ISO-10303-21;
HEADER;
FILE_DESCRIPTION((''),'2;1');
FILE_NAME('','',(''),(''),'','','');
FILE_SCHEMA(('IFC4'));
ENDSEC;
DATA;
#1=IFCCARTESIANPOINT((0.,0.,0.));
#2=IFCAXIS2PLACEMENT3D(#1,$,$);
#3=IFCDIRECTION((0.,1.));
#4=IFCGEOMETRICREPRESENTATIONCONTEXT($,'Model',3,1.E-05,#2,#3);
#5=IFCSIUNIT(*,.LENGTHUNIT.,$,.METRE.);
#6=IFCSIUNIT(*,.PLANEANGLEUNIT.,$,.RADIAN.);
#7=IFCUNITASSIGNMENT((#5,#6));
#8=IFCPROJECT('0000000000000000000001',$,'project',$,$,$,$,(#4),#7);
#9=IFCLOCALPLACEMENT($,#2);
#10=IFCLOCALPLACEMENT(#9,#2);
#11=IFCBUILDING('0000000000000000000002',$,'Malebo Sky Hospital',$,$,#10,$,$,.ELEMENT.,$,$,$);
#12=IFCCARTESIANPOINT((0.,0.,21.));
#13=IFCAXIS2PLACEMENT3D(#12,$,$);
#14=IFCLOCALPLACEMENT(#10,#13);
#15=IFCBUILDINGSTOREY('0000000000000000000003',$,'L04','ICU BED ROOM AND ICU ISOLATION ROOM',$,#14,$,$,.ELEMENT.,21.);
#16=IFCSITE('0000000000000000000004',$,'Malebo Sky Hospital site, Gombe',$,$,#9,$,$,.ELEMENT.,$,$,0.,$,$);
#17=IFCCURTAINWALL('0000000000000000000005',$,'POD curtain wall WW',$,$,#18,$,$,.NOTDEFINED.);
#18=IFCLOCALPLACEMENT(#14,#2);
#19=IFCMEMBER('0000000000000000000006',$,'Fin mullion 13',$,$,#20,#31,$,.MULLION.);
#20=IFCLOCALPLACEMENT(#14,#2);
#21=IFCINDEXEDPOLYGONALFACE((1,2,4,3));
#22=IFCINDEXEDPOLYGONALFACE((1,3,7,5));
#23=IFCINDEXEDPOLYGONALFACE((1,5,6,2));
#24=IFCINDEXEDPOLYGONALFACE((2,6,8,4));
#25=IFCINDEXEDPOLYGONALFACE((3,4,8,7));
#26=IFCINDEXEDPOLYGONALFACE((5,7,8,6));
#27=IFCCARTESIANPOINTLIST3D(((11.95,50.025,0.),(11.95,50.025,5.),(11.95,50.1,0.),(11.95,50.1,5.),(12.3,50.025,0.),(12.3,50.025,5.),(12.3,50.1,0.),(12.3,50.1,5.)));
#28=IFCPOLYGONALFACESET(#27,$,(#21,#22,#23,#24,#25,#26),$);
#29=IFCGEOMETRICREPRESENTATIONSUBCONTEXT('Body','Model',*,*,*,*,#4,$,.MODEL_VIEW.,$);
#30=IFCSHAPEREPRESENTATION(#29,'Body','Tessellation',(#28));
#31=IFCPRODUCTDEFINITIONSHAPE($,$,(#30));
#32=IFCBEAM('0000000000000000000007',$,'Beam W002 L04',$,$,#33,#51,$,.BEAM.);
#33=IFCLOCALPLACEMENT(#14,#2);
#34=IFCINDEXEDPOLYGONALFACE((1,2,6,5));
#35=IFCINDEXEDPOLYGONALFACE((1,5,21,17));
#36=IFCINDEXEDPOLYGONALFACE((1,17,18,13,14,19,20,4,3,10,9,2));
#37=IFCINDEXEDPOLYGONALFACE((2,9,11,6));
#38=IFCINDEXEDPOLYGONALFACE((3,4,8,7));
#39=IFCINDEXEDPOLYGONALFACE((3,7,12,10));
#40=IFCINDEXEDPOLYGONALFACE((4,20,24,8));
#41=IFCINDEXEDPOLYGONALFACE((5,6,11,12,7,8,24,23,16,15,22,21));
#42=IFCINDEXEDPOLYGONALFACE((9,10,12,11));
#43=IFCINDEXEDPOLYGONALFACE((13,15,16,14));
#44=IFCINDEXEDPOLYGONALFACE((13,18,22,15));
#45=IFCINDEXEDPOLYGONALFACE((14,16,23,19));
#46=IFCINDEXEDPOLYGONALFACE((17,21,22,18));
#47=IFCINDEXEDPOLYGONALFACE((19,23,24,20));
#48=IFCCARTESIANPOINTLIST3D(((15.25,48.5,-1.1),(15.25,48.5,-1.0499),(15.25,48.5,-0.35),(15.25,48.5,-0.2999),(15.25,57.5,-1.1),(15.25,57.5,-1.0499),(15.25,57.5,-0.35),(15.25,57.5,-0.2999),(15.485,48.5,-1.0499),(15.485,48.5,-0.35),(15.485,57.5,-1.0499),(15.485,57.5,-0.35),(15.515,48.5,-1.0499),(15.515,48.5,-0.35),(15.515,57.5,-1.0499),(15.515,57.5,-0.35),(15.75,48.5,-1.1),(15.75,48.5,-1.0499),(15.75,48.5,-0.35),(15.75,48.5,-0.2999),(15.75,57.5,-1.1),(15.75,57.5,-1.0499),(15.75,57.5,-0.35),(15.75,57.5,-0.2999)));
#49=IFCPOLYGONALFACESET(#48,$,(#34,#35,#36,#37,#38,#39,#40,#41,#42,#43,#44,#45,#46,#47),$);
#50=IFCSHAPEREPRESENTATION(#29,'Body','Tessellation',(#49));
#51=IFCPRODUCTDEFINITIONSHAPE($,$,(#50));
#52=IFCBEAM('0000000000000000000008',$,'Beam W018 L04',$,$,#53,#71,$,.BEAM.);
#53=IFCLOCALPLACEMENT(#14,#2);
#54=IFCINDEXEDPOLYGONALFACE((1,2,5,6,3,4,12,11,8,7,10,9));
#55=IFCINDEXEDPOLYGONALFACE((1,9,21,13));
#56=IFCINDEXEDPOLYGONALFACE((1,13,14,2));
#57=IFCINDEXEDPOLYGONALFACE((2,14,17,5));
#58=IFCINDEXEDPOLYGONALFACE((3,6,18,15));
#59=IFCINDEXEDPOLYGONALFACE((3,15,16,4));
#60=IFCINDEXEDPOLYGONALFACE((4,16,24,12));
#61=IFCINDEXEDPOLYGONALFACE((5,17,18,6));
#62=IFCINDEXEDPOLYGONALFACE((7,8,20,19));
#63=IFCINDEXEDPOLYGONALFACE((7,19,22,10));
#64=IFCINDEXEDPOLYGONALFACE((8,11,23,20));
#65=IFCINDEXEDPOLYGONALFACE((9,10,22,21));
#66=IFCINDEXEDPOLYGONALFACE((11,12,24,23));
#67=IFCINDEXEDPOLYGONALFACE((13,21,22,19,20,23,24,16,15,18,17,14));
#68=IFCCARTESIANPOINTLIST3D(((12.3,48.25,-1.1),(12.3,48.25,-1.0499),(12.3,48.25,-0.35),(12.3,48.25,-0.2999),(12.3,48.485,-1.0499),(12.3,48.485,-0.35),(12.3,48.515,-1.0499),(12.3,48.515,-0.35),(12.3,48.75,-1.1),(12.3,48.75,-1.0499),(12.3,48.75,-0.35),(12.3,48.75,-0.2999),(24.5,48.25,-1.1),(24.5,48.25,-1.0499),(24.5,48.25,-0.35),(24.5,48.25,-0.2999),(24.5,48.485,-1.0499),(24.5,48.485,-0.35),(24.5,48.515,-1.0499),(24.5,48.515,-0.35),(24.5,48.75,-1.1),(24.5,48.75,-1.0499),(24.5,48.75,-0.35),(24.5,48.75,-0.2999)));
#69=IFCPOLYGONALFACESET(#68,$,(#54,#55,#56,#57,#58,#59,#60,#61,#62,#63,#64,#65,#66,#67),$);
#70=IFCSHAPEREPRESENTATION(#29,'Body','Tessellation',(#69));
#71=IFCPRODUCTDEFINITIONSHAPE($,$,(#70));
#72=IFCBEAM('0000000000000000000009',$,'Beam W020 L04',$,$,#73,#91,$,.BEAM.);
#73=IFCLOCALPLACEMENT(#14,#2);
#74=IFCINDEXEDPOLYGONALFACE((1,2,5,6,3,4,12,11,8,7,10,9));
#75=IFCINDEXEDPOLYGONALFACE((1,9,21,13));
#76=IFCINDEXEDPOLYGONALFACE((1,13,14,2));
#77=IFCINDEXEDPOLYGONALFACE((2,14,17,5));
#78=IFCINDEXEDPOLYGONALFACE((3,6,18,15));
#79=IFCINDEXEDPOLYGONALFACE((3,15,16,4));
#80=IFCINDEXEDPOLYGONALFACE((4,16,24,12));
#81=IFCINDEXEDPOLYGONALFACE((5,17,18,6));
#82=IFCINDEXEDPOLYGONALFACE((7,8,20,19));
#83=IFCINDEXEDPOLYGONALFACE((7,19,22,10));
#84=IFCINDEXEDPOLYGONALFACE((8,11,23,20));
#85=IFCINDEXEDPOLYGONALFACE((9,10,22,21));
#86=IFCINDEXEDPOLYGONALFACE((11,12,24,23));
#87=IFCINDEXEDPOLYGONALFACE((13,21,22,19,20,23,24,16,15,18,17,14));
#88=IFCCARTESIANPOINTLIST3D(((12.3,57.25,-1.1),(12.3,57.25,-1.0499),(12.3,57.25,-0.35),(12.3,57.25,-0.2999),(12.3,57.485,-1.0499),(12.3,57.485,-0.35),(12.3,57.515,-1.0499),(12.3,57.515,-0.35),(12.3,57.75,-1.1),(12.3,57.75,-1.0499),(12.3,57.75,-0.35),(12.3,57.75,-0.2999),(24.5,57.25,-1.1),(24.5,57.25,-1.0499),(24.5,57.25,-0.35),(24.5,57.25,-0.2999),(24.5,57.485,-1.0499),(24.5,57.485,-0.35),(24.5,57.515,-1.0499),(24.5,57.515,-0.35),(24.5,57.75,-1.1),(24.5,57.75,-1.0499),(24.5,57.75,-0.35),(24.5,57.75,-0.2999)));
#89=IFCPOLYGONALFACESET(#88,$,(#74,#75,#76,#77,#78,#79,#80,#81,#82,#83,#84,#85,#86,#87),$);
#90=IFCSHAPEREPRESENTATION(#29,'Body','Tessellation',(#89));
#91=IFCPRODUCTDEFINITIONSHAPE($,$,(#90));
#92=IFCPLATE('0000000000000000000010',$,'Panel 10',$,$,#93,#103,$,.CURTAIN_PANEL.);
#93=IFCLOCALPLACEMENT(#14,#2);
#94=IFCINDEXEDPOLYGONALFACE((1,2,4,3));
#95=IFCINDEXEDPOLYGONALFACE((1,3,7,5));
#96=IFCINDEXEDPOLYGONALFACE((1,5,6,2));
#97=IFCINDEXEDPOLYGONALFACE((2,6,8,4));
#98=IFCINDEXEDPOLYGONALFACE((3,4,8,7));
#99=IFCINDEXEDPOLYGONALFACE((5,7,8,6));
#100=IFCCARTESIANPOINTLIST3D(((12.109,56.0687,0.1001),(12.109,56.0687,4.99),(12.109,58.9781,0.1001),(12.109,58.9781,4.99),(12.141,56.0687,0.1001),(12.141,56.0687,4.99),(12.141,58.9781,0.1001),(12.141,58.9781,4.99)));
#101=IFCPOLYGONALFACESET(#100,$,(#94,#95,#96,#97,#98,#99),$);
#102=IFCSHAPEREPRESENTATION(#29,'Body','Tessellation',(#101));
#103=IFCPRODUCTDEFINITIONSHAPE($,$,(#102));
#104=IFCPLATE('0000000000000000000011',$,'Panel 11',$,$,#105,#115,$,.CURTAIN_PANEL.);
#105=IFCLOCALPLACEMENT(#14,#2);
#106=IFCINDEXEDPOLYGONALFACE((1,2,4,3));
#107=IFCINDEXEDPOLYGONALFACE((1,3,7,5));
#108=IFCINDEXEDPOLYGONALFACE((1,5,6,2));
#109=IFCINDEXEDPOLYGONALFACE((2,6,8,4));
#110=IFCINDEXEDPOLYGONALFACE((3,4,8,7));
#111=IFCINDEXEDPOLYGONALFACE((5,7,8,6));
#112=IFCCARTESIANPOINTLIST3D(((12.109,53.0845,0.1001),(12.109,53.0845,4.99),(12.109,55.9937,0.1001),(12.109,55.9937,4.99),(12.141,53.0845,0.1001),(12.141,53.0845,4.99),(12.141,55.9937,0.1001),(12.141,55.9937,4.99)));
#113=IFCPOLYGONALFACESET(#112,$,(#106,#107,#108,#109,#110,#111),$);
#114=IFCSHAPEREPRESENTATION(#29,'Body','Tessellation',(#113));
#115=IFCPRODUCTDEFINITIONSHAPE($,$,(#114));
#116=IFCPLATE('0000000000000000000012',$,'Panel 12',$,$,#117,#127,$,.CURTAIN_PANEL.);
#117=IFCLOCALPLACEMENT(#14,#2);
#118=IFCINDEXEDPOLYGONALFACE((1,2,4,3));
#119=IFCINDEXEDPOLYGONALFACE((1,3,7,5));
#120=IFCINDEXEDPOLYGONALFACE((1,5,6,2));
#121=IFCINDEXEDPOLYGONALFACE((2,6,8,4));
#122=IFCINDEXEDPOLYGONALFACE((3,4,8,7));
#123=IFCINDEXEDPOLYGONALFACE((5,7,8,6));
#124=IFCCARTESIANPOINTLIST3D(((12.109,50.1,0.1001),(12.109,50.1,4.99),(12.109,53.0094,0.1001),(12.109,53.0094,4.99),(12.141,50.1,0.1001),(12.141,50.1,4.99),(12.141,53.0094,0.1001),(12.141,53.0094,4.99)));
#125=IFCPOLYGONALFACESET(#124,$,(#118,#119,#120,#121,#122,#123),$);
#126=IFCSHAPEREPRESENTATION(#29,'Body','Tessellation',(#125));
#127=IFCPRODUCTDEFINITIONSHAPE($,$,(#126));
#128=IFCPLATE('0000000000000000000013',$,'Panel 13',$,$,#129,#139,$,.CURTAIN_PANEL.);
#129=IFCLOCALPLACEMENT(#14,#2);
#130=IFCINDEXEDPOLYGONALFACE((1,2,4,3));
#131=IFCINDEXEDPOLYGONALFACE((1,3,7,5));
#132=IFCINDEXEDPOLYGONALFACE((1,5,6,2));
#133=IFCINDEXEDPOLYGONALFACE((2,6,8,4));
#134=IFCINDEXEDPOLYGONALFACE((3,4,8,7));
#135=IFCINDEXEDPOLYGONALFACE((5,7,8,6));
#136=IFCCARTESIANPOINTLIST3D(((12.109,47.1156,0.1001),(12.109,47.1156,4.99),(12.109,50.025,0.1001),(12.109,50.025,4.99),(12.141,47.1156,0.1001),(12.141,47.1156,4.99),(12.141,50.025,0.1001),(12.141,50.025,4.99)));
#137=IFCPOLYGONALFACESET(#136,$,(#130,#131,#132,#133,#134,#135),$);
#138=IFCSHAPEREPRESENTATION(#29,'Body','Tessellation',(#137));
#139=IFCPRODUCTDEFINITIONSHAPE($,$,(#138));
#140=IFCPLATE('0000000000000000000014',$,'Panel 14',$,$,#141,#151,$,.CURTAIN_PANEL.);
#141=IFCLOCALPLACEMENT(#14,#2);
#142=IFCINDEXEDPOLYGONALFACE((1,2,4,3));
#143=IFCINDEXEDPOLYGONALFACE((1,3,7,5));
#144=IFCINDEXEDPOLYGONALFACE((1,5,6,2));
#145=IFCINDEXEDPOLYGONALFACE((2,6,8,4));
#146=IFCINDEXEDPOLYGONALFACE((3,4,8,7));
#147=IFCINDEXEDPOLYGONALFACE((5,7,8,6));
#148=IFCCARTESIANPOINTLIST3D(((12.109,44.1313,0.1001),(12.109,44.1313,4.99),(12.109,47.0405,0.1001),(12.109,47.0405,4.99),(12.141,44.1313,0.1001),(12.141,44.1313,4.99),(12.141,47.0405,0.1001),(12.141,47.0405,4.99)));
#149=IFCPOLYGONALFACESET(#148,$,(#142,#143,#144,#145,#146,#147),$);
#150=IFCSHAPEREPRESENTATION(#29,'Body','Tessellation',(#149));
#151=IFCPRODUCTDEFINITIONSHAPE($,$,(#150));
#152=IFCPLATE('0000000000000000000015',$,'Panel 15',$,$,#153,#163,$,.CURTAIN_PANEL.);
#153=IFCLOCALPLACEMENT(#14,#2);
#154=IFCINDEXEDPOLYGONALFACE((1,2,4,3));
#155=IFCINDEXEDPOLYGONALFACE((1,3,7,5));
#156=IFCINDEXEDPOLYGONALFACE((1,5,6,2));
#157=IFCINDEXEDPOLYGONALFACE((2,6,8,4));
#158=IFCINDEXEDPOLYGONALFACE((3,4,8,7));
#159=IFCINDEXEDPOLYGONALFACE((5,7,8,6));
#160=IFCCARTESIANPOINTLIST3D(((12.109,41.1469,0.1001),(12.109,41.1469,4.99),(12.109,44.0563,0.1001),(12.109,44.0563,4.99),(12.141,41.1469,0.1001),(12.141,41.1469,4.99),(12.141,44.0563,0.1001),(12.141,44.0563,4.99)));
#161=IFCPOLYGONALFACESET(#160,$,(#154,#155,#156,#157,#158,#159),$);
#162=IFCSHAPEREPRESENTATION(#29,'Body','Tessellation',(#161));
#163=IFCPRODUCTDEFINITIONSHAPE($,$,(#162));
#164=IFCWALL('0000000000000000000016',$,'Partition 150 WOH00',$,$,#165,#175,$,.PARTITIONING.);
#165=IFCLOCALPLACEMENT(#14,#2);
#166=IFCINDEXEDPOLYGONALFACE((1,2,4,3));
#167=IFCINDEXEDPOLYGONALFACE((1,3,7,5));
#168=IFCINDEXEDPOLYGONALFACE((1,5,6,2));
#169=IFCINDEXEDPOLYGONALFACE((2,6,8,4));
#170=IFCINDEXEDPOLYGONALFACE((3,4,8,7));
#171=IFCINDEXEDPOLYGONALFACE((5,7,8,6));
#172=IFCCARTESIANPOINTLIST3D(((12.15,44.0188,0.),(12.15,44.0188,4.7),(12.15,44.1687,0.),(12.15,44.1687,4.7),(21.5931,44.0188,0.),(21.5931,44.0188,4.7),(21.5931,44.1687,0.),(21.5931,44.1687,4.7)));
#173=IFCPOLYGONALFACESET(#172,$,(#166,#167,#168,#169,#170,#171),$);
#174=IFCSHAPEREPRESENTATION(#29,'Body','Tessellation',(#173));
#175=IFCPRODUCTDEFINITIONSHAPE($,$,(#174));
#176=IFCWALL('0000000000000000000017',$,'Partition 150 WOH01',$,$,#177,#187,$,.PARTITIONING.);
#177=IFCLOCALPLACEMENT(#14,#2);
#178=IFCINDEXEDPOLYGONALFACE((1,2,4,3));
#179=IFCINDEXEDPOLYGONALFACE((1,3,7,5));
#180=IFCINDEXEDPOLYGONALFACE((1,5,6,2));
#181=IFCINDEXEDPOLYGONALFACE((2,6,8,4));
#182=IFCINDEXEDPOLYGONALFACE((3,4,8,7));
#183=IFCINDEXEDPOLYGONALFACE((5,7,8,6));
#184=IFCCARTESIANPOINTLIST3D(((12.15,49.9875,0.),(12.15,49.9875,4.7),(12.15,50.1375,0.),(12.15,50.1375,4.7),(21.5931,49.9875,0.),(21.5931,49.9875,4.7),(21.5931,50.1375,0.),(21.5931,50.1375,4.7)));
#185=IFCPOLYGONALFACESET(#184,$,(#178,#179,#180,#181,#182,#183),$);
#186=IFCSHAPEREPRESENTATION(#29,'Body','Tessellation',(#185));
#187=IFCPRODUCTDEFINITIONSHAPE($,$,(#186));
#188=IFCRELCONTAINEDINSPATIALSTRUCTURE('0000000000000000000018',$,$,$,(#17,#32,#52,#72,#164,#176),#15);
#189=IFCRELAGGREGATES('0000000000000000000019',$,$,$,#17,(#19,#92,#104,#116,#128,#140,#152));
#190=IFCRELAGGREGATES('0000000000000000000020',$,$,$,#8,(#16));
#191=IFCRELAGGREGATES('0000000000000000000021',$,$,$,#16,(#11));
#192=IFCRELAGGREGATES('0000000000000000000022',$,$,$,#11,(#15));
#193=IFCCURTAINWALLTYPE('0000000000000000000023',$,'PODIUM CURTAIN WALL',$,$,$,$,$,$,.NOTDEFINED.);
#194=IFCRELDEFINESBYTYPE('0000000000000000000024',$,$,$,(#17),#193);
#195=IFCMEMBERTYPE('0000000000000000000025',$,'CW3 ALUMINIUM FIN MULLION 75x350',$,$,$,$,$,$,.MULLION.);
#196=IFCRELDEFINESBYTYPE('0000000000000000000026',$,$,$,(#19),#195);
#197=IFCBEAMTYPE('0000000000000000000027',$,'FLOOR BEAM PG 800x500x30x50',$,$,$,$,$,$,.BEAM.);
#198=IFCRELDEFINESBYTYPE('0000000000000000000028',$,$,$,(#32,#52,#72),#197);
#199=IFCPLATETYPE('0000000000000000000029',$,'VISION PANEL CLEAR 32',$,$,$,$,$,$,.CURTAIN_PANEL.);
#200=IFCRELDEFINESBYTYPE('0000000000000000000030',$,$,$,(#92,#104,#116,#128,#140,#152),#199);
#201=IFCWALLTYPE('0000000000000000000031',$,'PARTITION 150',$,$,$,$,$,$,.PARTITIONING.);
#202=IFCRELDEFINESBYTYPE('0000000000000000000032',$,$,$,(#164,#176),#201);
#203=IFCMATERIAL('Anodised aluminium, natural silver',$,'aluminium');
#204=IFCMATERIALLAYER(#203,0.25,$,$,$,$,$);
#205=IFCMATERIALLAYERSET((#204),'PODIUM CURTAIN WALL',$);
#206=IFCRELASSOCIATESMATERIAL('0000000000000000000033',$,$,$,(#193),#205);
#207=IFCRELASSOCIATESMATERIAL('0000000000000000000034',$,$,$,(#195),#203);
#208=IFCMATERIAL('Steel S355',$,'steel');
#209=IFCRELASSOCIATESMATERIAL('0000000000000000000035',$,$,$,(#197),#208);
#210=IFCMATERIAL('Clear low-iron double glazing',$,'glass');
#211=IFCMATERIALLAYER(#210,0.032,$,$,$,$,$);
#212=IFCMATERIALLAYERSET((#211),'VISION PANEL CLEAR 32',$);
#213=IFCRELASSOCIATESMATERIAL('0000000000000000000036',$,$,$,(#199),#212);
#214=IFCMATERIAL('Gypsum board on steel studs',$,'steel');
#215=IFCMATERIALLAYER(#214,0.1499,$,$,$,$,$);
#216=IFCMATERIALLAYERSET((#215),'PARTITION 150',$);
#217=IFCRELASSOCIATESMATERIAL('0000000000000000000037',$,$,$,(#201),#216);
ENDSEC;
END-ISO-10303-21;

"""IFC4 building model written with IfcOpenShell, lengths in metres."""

from ifc_helpers import new_model, si_unit, direction, frame, frame_2d, origin, origin_2d, place, context, subcontext, project, spatial, rectangle, i_section, extrude, material, layer, layer_set, material_profile, profile_set, type_object, element, aggregate, save


model = new_model("IFC4")

# Units and contexts
model_context = context("Model", 3, precision=1e-05, world=origin(), true_north=direction((0.0, 1.0)))
body_context = subcontext(model_context, "Body", "Model", "MODEL_VIEW")
ifc_project = project(units=[si_unit("LENGTHUNIT", "METRE"), si_unit("PLANEANGLEUNIT", "RADIAN")], contexts=[model_context])

# Site, building, storey
site_placement = place(None, origin())
site = spatial("IfcSite", under=ifc_project, at=site_placement, Name="Malebo Sky Hospital site, Gombe", CompositionType="ELEMENT", RefElevation=0.0)
building_placement = place(site_placement, origin())
building = spatial("IfcBuilding", under=site, at=building_placement, Name="Malebo Sky Hospital", CompositionType="ELEMENT")
storey_placement = place(building_placement, frame((0.0, 0.0, 21.0)))
storey = spatial("IfcBuildingStorey", under=building, at=storey_placement, Name="L04", Description="ICU BED ROOM AND ICU ISOLATION ROOM", CompositionType="ELEMENT", Elevation=21.0)

# Shared definitions
ifc_material_1 = material(Name="Steel S355", Category="steel")

# Curtain wall, member
ifc_material_2 = material(Name="Anodised aluminium, natural silver", Category="aluminium")
ifc_layer_1 = layer(ifc_material_2, 0.25)
ifc_layer_set_1 = layer_set([ifc_layer_1], Name="PODIUM CURTAIN WALL")
curtain_wall_type = type_object("IfcCurtainWallType", Name="PODIUM CURTAIN WALL", PredefinedType="NOTDEFINED", material=ifc_layer_set_1)
curtain_wall_placement = place(storey_placement, origin())
curtain_wall = element("IfcCurtainWall", 1, at=curtain_wall_placement, inside=storey, type_object=curtain_wall_type, Name="POD curtain wall WW", PredefinedType="NOTDEFINED")
ifc_material_profile_1 = material_profile(ifc_material_2, rectangle(XDim=0.075, YDim=0.3501, at=origin_2d()), Name="CW3 ALUMINIUM FIN MULLION 75x350")
ifc_profile_set_1 = profile_set([ifc_material_profile_1], Name="Anodised aluminium, natural silver")
member_type_1 = type_object("IfcMemberType", Name="CW3 ALUMINIUM FIN MULLION 75x350", PredefinedType="MULLION", material=ifc_profile_set_1)
member_1_placement = place(storey_placement, frame((12.125, 50.0625, 0.0), z_axis=(0.0, 0.0, 1.0), x_axis=(0.0, -1.0, 0.0)))
member_1 = element("IfcMember", 2, at=member_1_placement, type_object=member_type_1, Name="Fin mullion 13", PredefinedType="MULLION", context=body_context, shape_type="SweptSolid", body=[
    extrude(rectangle(XDim=0.075, YDim=0.3501, at=origin_2d()), origin(), (0.0, 0.0, 1.0), 5.0),
])

# Beams
ifc_material_profile_2 = material_profile(ifc_material_1, i_section(OverallWidth=0.5, OverallDepth=0.8, WebThickness=0.03, FlangeThickness=0.05, at=origin_2d()), Name="PG 800x500x30x50")
ifc_profile_set_2 = profile_set([ifc_material_profile_2], Name="Steel S355")
beam_type = type_object("IfcBeamType", Name="FLOOR BEAM PG 800x500x30x50", PredefinedType="BEAM", material=ifc_profile_set_2)
beam_placement = place(storey_placement, frame((15.5, 48.5, -0.7), z_axis=(0.0, 1.0, 0.0), x_axis=(-1.0, 0.0, 0.0)))
element("IfcBeam", 3, at=beam_placement, inside=storey, type_object=beam_type, Name="Beam W002 L04", PredefinedType="BEAM", context=body_context, shape_type="SweptSolid", body=[
    extrude(i_section(OverallWidth=0.5, OverallDepth=0.8, WebThickness=0.03, FlangeThickness=0.05, at=origin_2d()), origin(), (0.0, 0.0, 1.0), 9.0),
])
for number, where, z_axis, x_axis, name in (
    (4, (12.3, 48.5, -0.7), (1.0, 0.0, 0.0), (0.0, 1.0, 0.0), "Beam W018 L04"),
    (5, (12.3, 57.5, -0.7), (1.0, 0.0, 0.0), (0.0, 1.0, 0.0), "Beam W020 L04"),
):
    element("IfcBeam", number, at=place(storey_placement, frame(where, z_axis=z_axis, x_axis=x_axis)), inside=storey, type_object=beam_type, Name=name, PredefinedType="BEAM", context=body_context, shape_type="SweptSolid", body=[
        extrude(i_section(OverallWidth=0.5, OverallDepth=0.8, WebThickness=0.03, FlangeThickness=0.05, at=origin_2d()), origin(), (0.0, 0.0, 1.0), 12.2),
    ])

# Plates
ifc_material_3 = material(Name="Clear low-iron double glazing", Category="glass")
ifc_layer_2 = layer(ifc_material_3, 0.032)
ifc_layer_set_2 = layer_set([ifc_layer_2], Name="VISION PANEL CLEAR 32")
plate_type = type_object("IfcPlateType", Name="VISION PANEL CLEAR 32", PredefinedType="CURTAIN_PANEL", material=ifc_layer_set_2)
plate_1_placement = place(storey_placement, frame((12.125, 57.5234, 0.1001), z_axis=(0.0, 0.0, 1.0), x_axis=(0.0, -1.0, 0.0)))
plate_1 = element("IfcPlate", 6, at=plate_1_placement, type_object=plate_type, Name="Panel 10", PredefinedType="CURTAIN_PANEL", context=body_context, shape_type="SweptSolid", body=[
    extrude(rectangle(XDim=2.9094, YDim=0.032, at=origin_2d()), origin(), (0.0, 0.0, 1.0), 4.8899),
])
plate_2_placement = place(storey_placement, frame((12.125, 54.5391, 0.1001), z_axis=(0.0, 0.0, 1.0), x_axis=(0.0, -1.0, 0.0)))
plate_2 = element("IfcPlate", 7, at=plate_2_placement, type_object=plate_type, Name="Panel 11", PredefinedType="CURTAIN_PANEL", context=body_context, shape_type="SweptSolid", body=[
    extrude(rectangle(XDim=2.9092, YDim=0.032, at=origin_2d()), origin(), (0.0, 0.0, 1.0), 4.8899),
])
plate_3_placement = place(storey_placement, frame((12.125, 51.5547, 0.1001), z_axis=(0.0, 0.0, 1.0), x_axis=(0.0, -1.0, 0.0)))
plate_3 = element("IfcPlate", 8, at=plate_3_placement, type_object=plate_type, Name="Panel 12", PredefinedType="CURTAIN_PANEL", context=body_context, shape_type="SweptSolid", body=[
    extrude(rectangle(XDim=2.9094, YDim=0.032, at=origin_2d()), origin(), (0.0, 0.0, 1.0), 4.8899),
])
plate_4_placement = place(storey_placement, frame((12.125, 48.5703, 0.1001), z_axis=(0.0, 0.0, 1.0), x_axis=(0.0, -1.0, 0.0)))
plate_4 = element("IfcPlate", 9, at=plate_4_placement, type_object=plate_type, Name="Panel 13", PredefinedType="CURTAIN_PANEL", context=body_context, shape_type="SweptSolid", body=[
    extrude(rectangle(XDim=2.9094, YDim=0.032, at=origin_2d()), origin(), (0.0, 0.0, 1.0), 4.8899),
])
plate_5_placement = place(storey_placement, frame((12.125, 45.5859, 0.1001), z_axis=(0.0, 0.0, 1.0), x_axis=(0.0, -1.0, 0.0)))
plate_5 = element("IfcPlate", 10, at=plate_5_placement, type_object=plate_type, Name="Panel 14", PredefinedType="CURTAIN_PANEL", context=body_context, shape_type="SweptSolid", body=[
    extrude(rectangle(XDim=2.9092, YDim=0.032, at=origin_2d()), origin(), (0.0, 0.0, 1.0), 4.8899),
])
plate_6_placement = place(storey_placement, frame((12.125, 42.6016, 0.1001), z_axis=(0.0, 0.0, 1.0), x_axis=(0.0, -1.0, 0.0)))
plate_6 = element("IfcPlate", 11, at=plate_6_placement, type_object=plate_type, Name="Panel 15", PredefinedType="CURTAIN_PANEL", context=body_context, shape_type="SweptSolid", body=[
    extrude(rectangle(XDim=2.9094, YDim=0.032, at=origin_2d()), origin(), (0.0, 0.0, 1.0), 4.8899),
])
aggregate(curtain_wall, [member_1, plate_1, plate_2, plate_3, plate_4, plate_5, plate_6])

# Walls
ifc_material_4 = material(Name="Gypsum board on steel studs", Category="steel")
ifc_layer_3 = layer(ifc_material_4, 0.1499)
ifc_layer_set_3 = layer_set([ifc_layer_3], Name="PARTITION 150")
wall_type_1 = type_object("IfcWallType", Name="PARTITION 150", PredefinedType="PARTITIONING", material=ifc_layer_set_3)
for number, where, z_axis, x_axis, name in (
    (12, (12.1499, 44.0938, 0.0), (0.0, 0.0, 1.0), (1.0, 0.0, 0.0), "Partition 150 WOH00"),
    (13, (12.1499, 50.0625, 0.0), (0.0, 0.0, 1.0), (1.0, 0.0, 0.0), "Partition 150 WOH01"),
):
    element("IfcWall", number, at=place(storey_placement, frame(where, z_axis=z_axis, x_axis=x_axis)), inside=storey, type_object=wall_type_1, Name=name, PredefinedType="PARTITIONING", context=body_context, shape_type="SweptSolid", body=[
        extrude(rectangle(XDim=9.4431, YDim=0.1499, at=frame_2d((4.7217, 0.0))), origin(), (0.0, 0.0, 1.0), 4.7),
    ])

save(model, "model.ifc")
